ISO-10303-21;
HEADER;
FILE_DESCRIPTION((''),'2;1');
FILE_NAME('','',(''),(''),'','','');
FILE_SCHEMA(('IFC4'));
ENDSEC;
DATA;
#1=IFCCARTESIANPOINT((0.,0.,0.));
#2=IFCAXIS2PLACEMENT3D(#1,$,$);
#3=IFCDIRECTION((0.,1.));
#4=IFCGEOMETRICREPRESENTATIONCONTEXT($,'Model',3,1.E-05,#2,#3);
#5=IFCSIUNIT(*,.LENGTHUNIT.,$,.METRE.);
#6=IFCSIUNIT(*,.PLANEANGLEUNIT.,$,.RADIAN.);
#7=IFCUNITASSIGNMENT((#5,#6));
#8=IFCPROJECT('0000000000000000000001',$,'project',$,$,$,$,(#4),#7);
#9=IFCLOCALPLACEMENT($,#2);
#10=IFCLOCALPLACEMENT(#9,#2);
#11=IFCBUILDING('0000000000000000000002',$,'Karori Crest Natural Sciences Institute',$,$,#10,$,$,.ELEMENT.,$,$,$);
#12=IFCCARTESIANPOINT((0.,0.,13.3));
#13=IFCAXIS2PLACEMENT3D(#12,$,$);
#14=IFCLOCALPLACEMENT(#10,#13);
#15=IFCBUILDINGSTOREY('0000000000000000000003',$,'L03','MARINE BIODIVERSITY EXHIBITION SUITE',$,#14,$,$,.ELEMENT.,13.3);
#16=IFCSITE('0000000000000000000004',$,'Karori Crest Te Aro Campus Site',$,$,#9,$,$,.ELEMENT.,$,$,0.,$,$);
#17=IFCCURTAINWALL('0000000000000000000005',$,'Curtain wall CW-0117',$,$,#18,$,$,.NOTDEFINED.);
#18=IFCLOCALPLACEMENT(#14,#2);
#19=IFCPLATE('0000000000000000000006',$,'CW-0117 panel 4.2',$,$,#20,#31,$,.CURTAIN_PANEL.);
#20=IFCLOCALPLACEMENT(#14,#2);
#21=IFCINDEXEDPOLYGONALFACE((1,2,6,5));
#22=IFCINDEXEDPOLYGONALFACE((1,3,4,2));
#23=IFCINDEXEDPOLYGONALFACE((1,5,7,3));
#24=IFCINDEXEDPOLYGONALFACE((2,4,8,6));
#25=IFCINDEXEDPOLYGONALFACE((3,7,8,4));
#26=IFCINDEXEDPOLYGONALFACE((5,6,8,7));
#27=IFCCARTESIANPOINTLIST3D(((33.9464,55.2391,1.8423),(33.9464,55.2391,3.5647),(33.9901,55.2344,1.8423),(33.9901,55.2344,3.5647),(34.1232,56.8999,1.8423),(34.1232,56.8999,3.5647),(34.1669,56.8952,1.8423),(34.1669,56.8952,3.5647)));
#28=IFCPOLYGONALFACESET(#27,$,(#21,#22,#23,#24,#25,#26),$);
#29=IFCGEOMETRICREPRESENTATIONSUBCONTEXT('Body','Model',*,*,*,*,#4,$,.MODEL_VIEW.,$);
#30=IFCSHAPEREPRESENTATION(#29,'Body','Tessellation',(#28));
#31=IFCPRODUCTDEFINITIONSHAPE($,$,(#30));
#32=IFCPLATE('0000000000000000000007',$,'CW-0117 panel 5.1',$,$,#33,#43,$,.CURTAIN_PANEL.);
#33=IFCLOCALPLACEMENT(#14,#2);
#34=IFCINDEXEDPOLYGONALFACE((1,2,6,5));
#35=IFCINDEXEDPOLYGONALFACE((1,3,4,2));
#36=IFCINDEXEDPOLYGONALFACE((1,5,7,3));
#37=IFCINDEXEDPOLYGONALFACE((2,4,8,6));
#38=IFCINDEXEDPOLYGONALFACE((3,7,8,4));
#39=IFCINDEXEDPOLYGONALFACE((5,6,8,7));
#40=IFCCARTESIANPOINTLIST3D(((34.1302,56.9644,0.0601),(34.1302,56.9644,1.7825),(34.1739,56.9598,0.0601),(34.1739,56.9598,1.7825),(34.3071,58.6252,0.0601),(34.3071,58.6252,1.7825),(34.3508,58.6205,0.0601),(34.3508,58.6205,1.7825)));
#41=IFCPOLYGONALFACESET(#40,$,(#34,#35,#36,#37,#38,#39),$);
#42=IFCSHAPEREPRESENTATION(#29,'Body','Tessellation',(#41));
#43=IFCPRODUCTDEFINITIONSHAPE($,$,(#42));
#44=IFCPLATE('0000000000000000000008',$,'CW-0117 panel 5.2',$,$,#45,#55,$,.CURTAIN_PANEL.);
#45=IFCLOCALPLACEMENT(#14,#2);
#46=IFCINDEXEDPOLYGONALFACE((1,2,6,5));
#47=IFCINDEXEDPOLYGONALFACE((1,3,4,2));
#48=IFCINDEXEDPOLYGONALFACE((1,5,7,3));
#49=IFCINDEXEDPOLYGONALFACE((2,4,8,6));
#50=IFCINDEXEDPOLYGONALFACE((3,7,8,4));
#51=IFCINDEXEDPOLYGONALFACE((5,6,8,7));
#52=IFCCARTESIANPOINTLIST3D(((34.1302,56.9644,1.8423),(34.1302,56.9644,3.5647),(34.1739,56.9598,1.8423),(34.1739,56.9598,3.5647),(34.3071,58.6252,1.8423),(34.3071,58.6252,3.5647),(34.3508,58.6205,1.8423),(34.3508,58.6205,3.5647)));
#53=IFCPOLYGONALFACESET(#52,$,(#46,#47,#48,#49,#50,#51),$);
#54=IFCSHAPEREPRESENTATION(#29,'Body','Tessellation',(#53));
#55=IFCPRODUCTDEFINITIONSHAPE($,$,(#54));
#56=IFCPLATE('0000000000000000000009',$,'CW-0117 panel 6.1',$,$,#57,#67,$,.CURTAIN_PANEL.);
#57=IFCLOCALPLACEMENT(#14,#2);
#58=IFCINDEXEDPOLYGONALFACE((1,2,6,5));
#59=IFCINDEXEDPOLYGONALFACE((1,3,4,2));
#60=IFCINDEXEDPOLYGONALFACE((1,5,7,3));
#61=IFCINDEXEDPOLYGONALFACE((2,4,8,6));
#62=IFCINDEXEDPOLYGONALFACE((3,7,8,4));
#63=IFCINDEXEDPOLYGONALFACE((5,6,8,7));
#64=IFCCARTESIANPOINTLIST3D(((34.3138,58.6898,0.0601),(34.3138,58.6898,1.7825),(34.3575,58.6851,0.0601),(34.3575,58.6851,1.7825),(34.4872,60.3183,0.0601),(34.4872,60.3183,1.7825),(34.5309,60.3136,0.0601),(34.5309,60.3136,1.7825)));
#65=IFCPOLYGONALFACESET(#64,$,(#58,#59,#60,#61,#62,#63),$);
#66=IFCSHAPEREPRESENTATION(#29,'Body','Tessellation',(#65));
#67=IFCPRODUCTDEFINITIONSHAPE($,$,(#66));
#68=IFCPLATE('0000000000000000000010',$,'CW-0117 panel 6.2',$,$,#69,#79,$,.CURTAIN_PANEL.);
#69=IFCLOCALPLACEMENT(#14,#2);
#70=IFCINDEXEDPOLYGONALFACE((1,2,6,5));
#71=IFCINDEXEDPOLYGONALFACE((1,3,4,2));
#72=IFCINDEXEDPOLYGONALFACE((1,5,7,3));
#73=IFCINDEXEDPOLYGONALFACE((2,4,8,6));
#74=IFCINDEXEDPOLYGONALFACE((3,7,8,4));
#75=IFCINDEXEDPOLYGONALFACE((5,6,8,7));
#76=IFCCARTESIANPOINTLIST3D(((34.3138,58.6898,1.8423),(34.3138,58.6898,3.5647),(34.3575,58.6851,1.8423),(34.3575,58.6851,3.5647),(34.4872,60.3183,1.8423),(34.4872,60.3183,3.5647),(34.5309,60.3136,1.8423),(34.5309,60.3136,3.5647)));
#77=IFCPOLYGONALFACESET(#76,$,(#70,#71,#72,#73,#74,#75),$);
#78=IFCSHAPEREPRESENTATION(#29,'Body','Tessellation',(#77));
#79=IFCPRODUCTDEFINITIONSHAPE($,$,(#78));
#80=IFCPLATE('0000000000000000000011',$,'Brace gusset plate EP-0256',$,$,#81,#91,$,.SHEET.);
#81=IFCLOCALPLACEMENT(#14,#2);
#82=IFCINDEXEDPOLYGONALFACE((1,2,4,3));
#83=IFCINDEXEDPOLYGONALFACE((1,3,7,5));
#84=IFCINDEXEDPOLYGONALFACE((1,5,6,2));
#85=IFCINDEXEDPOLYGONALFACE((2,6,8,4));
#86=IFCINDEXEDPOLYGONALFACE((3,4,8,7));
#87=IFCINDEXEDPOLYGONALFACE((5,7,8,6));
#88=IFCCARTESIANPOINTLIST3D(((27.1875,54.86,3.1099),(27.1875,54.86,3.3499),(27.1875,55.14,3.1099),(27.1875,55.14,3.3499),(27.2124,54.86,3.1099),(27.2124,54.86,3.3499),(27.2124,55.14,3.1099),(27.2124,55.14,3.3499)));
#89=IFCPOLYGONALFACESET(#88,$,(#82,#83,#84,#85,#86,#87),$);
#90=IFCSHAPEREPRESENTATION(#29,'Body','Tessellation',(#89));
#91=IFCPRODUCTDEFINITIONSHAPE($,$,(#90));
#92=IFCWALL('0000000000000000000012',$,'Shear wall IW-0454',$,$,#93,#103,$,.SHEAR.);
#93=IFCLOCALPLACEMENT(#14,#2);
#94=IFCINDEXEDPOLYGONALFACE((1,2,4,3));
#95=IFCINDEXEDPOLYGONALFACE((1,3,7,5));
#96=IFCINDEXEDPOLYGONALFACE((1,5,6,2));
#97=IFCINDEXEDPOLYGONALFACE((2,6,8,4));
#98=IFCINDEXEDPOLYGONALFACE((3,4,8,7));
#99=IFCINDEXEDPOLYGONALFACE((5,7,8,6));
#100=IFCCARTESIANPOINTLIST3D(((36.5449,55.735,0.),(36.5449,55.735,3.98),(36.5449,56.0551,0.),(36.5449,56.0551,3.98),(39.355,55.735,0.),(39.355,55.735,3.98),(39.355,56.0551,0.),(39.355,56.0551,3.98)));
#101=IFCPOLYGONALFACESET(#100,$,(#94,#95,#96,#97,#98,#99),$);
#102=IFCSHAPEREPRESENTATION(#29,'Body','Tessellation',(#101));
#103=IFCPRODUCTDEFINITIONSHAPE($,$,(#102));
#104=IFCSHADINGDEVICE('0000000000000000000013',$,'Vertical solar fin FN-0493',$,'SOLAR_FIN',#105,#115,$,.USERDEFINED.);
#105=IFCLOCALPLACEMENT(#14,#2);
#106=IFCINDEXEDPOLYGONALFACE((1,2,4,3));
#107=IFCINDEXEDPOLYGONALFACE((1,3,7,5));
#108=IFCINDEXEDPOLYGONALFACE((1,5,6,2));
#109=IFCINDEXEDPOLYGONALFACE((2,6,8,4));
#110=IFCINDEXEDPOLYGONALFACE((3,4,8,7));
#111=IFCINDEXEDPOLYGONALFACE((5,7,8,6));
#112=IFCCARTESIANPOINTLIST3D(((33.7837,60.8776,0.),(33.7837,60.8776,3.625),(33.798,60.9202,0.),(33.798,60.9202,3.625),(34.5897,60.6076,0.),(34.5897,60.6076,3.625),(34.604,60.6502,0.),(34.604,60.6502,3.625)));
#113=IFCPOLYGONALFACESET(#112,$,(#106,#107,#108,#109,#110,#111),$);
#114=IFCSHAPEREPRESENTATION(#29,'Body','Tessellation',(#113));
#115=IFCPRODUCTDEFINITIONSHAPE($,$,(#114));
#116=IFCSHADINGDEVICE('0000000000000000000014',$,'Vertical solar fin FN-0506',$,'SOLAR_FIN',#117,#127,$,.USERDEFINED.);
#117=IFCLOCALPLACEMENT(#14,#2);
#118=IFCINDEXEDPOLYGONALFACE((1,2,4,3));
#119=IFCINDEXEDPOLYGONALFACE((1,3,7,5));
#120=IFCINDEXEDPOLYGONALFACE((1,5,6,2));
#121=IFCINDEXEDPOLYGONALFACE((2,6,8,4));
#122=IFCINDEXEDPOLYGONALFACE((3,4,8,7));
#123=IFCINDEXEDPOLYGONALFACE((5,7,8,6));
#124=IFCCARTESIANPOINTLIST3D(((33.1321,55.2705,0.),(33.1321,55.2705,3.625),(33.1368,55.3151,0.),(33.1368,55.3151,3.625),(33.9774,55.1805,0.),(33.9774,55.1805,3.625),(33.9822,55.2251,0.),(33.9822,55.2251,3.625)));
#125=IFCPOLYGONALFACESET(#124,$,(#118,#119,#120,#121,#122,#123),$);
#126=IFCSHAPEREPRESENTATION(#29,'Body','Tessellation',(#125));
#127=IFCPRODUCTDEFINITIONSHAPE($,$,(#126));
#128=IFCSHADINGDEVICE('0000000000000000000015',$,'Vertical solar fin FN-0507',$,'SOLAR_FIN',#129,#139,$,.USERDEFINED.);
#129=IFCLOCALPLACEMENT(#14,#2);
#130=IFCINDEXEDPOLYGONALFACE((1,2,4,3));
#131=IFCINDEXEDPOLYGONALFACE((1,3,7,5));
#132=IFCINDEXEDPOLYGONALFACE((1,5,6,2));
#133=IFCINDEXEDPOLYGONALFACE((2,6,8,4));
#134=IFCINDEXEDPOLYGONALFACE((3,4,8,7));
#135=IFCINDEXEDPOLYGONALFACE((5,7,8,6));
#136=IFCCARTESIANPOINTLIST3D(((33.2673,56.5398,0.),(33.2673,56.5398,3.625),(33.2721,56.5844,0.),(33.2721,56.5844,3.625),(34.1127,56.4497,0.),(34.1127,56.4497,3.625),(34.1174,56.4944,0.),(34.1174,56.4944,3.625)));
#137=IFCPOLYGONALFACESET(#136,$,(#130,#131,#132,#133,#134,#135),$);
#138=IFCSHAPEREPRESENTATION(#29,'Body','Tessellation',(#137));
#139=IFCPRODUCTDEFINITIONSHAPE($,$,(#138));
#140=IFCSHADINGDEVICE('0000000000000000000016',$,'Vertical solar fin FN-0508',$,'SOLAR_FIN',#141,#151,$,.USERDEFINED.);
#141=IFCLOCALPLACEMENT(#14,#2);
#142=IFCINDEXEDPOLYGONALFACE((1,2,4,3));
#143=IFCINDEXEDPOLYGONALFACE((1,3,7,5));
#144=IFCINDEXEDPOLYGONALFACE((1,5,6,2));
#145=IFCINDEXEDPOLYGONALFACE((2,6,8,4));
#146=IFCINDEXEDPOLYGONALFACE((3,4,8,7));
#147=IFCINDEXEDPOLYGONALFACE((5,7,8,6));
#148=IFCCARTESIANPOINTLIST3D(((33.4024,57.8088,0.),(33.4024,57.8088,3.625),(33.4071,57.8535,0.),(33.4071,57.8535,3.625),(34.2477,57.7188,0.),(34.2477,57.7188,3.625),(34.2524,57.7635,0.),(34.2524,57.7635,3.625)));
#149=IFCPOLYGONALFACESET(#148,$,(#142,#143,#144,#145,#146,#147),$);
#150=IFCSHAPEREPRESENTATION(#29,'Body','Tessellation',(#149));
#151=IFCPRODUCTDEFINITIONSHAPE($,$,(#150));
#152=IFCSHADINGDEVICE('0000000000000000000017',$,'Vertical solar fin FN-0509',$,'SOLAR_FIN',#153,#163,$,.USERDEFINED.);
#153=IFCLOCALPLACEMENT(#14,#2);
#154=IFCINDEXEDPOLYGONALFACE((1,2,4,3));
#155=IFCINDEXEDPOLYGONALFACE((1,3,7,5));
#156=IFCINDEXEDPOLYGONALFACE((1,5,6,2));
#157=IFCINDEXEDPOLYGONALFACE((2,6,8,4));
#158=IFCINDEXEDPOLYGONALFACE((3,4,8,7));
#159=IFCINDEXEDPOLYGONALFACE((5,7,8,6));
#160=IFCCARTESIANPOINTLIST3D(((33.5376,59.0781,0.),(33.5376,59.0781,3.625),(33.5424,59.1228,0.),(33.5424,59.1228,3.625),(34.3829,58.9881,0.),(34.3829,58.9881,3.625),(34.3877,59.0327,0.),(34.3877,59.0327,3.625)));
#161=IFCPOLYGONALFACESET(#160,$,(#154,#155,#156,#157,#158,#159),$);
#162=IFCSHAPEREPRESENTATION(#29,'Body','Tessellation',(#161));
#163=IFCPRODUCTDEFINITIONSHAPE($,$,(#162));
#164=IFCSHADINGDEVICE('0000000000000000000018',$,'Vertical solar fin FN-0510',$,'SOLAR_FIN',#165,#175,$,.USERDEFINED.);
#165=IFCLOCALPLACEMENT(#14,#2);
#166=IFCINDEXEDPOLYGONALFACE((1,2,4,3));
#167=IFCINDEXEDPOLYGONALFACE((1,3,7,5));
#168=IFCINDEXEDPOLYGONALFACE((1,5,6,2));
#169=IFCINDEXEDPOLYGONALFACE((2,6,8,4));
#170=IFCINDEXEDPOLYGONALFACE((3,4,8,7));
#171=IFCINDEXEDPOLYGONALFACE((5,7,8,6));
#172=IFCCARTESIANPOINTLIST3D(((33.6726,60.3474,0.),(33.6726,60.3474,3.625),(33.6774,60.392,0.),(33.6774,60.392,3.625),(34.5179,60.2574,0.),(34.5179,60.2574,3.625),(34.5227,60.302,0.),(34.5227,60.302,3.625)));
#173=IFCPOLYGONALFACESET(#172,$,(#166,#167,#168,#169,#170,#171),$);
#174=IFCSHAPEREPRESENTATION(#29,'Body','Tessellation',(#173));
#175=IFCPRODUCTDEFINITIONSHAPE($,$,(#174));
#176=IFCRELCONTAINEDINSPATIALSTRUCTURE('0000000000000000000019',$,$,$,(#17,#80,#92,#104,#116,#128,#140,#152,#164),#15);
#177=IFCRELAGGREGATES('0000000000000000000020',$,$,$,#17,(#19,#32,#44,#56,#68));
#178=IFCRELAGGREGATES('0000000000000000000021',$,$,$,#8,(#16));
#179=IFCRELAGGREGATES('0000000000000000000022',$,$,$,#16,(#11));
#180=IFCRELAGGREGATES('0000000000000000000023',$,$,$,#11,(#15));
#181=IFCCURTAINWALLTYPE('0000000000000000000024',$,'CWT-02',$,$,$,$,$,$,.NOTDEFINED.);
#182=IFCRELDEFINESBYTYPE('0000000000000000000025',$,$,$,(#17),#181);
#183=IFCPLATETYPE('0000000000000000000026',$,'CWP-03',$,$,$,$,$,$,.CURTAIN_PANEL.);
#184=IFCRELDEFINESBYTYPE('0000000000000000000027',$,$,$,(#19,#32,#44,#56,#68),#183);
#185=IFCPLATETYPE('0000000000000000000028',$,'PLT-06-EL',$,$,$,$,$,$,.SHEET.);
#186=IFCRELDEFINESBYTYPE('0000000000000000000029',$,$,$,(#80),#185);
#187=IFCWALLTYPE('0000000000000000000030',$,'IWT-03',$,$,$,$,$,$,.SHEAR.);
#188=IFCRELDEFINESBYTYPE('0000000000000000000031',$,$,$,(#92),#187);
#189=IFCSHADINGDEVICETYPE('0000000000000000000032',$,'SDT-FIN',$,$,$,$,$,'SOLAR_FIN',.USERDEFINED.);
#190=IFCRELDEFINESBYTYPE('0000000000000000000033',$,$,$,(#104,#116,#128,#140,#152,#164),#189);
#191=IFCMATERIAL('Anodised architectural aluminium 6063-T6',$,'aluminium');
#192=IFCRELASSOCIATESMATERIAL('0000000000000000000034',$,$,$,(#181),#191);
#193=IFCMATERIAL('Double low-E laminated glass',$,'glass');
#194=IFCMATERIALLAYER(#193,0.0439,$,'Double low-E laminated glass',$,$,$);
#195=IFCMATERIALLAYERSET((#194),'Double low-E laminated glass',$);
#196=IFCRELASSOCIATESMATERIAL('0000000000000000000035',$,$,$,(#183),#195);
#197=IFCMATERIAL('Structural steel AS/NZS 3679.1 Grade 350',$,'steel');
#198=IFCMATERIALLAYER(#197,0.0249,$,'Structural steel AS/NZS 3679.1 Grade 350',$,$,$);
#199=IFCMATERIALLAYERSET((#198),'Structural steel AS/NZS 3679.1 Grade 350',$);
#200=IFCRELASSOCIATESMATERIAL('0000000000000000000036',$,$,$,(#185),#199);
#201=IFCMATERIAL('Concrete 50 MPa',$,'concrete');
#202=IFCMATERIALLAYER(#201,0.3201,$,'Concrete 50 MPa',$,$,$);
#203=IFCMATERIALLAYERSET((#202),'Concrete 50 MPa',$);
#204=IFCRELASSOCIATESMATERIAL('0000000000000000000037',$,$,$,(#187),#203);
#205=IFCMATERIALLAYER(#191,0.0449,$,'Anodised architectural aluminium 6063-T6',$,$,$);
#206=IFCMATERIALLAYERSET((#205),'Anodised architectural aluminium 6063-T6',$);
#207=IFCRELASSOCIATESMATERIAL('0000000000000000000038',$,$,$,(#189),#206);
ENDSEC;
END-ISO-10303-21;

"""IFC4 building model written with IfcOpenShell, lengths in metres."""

from ifc_helpers import new_model, si_unit, direction, frame, frame_2d, origin, origin_2d, place, context, subcontext, project, spatial, rectangle, extrude, material, layer, layer_set, type_object, element, aggregate, save


model = new_model("IFC4")

# Units and contexts
model_context = context("Model", 3, precision=1e-05, world=origin(), true_north=direction((0.0, 1.0)))
body_context = subcontext(model_context, "Body", "Model", "MODEL_VIEW")
ifc_project = project(units=[si_unit("LENGTHUNIT", "METRE"), si_unit("PLANEANGLEUNIT", "RADIAN")], contexts=[model_context])

# Site, building, storey
site_placement = place(None, origin())
site = spatial("IfcSite", under=ifc_project, at=site_placement, Name="Karori Crest Te Aro Campus Site", CompositionType="ELEMENT", RefElevation=0.0)
building_placement = place(site_placement, origin())
building = spatial("IfcBuilding", under=site, at=building_placement, Name="Karori Crest Natural Sciences Institute", CompositionType="ELEMENT")
storey_placement = place(building_placement, frame((0.0, 0.0, 13.3)))
storey = spatial("IfcBuildingStorey", under=building, at=storey_placement, Name="L03", Description="MARINE BIODIVERSITY EXHIBITION SUITE", CompositionType="ELEMENT", Elevation=13.3)

# Shared definitions
ifc_material_1 = material(Name="Structural steel AS/NZS 3679.1 Grade 350", Category="steel")

# Shared definitions
ifc_material_2 = material(Name="Anodised architectural aluminium 6063-T6", Category="aluminium")

# Curtain wall
curtain_wall_type_1 = type_object("IfcCurtainWallType", Name="CWT-02", PredefinedType="NOTDEFINED", material=ifc_material_2)
curtain_wall_1_placement = place(storey_placement, origin())
curtain_wall_1 = element("IfcCurtainWall", 1, at=curtain_wall_1_placement, inside=storey, type_object=curtain_wall_type_1, Name="Curtain wall CW-0117", PredefinedType="NOTDEFINED")

# Plates
ifc_material_3 = material(Name="Double low-E laminated glass", Category="glass")
ifc_layer_1 = layer(ifc_material_3, 0.0439, Name="Double low-E laminated glass")
ifc_layer_set_1 = layer_set([ifc_layer_1], Name="Double low-E laminated glass")
plate_type_1 = type_object("IfcPlateType", Name="CWP-03", PredefinedType="CURTAIN_PANEL", material=ifc_layer_set_1)
plate_1_placement = place(storey_placement, frame((34.0566, 56.0671, 1.8423), z_axis=(0.0, 0.0, 1.0), x_axis=(0.105886, 0.994378, 0.0)))
plate_1 = element("IfcPlate", 2, at=plate_1_placement, type_object=plate_type_1, Name="CW-0117 panel 4.2", PredefinedType="CURTAIN_PANEL", context=body_context, shape_type="SweptSolid", body=[
    extrude(rectangle(XDim=1.6702, YDim=0.0439, at=origin_2d()), origin(), (0.0, 0.0, 1.0), 1.7224),
])
plate_2_placement = place(storey_placement, frame((34.2405, 57.7925, 0.0601), z_axis=(0.0, 0.0, 1.0), x_axis=(0.105886, 0.994378, 0.0)))
plate_2 = element("IfcPlate", 3, at=plate_2_placement, type_object=plate_type_1, Name="CW-0117 panel 5.1", PredefinedType="CURTAIN_PANEL", context=body_context, shape_type="SweptSolid", body=[
    extrude(rectangle(XDim=1.6702, YDim=0.0439, at=origin_2d()), origin(), (0.0, 0.0, 1.0), 1.7224),
])
plate_3_placement = place(storey_placement, frame((34.2405, 57.7925, 1.8423), z_axis=(0.0, 0.0, 1.0), x_axis=(0.105886, 0.994378, 0.0)))
plate_3 = element("IfcPlate", 4, at=plate_3_placement, type_object=plate_type_1, Name="CW-0117 panel 5.2", PredefinedType="CURTAIN_PANEL", context=body_context, shape_type="SweptSolid", body=[
    extrude(rectangle(XDim=1.6702, YDim=0.0439, at=origin_2d()), origin(), (0.0, 0.0, 1.0), 1.7224),
])
plate_4_placement = place(storey_placement, frame((34.4224, 59.5017, 0.0601), z_axis=(0.0, 0.0, 1.0), x_axis=(0.105886, 0.994378, 0.0)))
plate_4 = element("IfcPlate", 5, at=plate_4_placement, type_object=plate_type_1, Name="CW-0117 panel 6.1", PredefinedType="CURTAIN_PANEL", context=body_context, shape_type="SweptSolid", body=[
    extrude(rectangle(XDim=1.6377, YDim=0.0439, at=origin_2d()), origin(), (0.0, 0.0, 1.0), 1.7224),
])
plate_5_placement = place(storey_placement, frame((34.4224, 59.5017, 1.8423), z_axis=(0.0, 0.0, 1.0), x_axis=(0.105886, 0.994378, 0.0)))
plate_5 = element("IfcPlate", 6, at=plate_5_placement, type_object=plate_type_1, Name="CW-0117 panel 6.2", PredefinedType="CURTAIN_PANEL", context=body_context, shape_type="SweptSolid", body=[
    extrude(rectangle(XDim=1.6377, YDim=0.0439, at=origin_2d()), origin(), (0.0, 0.0, 1.0), 1.7224),
])
aggregate(curtain_wall_1, [plate_1, plate_2, plate_3, plate_4, plate_5])
ifc_layer_2 = layer(ifc_material_1, 0.0249, Name="Structural steel AS/NZS 3679.1 Grade 350")
ifc_layer_set_2 = layer_set([ifc_layer_2], Name="Structural steel AS/NZS 3679.1 Grade 350")
plate_type_2 = type_object("IfcPlateType", Name="PLT-06-EL", PredefinedType="SHEET", material=ifc_layer_set_2)
plate_6_placement = place(storey_placement, frame((27.2, 55.0, 3.1099), z_axis=(0.0, 0.0, 1.0), x_axis=(0.0, 1.0, 0.0)))
element("IfcPlate", 7, at=plate_6_placement, inside=storey, type_object=plate_type_2, Name="Brace gusset plate EP-0256", PredefinedType="SHEET", context=body_context, shape_type="SweptSolid", body=[
    extrude(rectangle(XDim=0.28, YDim=0.0249, at=origin_2d()), origin(), (0.0, 0.0, 1.0), 0.24),
])

# Wall
ifc_material_4 = material(Name="Concrete 50 MPa", Category="concrete")
ifc_layer_3 = layer(ifc_material_4, 0.3201, Name="Concrete 50 MPa")
ifc_layer_set_3 = layer_set([ifc_layer_3], Name="Concrete 50 MPa")
wall_type = type_object("IfcWallType", Name="IWT-03", PredefinedType="SHEAR", material=ifc_layer_set_3)
wall_placement = place(storey_placement, frame((36.5449, 55.895, 0.0), z_axis=(0.0, 0.0, 1.0), x_axis=(1.0, 0.0, 0.0)))
element("IfcWall", 8, at=wall_placement, inside=storey, type_object=wall_type, Name="Shear wall IW-0454", PredefinedType="SHEAR", context=body_context, shape_type="SweptSolid", body=[
    extrude(rectangle(XDim=2.8101, YDim=0.3201, at=frame_2d((1.405, 0.0))), origin(), (0.0, 0.0, 1.0), 3.98),
])

# Shading devices
ifc_layer_4 = layer(ifc_material_2, 0.0449, Name="Anodised architectural aluminium 6063-T6")
ifc_layer_set_4 = layer_set([ifc_layer_4], Name="Anodised architectural aluminium 6063-T6")
shading_device_type = type_object("IfcShadingDeviceType", Name="SDT-FIN", ElementType="SOLAR_FIN", PredefinedType="USERDEFINED", material=ifc_layer_set_4)
for number, where, z_axis, x_axis, name in (
    (9, (34.1938, 60.7639, 0.0), (0.0, 0.0, 1.0), (-0.948198, 0.31768, 0.0), "Vertical solar fin FN-0493"),
    (10, (33.5571, 55.2478, 0.0), (0.0, 0.0, 1.0), (-0.994378, 0.105886, 0.0), "Vertical solar fin FN-0506"),
    (11, (33.6924, 56.5171, 0.0), (0.0, 0.0, 1.0), (-0.994378, 0.105886, 0.0), "Vertical solar fin FN-0507"),
    (12, (33.8274, 57.7861, 0.0), (0.0, 0.0, 1.0), (-0.994378, 0.105886, 0.0), "Vertical solar fin FN-0508"),
    (13, (33.9626, 59.0554, 0.0), (0.0, 0.0, 1.0), (-0.994378, 0.105886, 0.0), "Vertical solar fin FN-0509"),
    (14, (34.0977, 60.3247, 0.0), (0.0, 0.0, 1.0), (-0.994378, 0.105886, 0.0), "Vertical solar fin FN-0510"),
):
    element("IfcShadingDevice", number, at=place(storey_placement, frame(where, z_axis=z_axis, x_axis=x_axis)), inside=storey, type_object=shading_device_type, Name=name, ObjectType="SOLAR_FIN", PredefinedType="USERDEFINED", context=body_context, shape_type="SweptSolid", body=[
        extrude(rectangle(XDim=0.8501, YDim=0.0449, at=origin_2d()), origin(), (0.0, 0.0, 1.0), 3.625),
    ])

save(model, "model.ifc")
